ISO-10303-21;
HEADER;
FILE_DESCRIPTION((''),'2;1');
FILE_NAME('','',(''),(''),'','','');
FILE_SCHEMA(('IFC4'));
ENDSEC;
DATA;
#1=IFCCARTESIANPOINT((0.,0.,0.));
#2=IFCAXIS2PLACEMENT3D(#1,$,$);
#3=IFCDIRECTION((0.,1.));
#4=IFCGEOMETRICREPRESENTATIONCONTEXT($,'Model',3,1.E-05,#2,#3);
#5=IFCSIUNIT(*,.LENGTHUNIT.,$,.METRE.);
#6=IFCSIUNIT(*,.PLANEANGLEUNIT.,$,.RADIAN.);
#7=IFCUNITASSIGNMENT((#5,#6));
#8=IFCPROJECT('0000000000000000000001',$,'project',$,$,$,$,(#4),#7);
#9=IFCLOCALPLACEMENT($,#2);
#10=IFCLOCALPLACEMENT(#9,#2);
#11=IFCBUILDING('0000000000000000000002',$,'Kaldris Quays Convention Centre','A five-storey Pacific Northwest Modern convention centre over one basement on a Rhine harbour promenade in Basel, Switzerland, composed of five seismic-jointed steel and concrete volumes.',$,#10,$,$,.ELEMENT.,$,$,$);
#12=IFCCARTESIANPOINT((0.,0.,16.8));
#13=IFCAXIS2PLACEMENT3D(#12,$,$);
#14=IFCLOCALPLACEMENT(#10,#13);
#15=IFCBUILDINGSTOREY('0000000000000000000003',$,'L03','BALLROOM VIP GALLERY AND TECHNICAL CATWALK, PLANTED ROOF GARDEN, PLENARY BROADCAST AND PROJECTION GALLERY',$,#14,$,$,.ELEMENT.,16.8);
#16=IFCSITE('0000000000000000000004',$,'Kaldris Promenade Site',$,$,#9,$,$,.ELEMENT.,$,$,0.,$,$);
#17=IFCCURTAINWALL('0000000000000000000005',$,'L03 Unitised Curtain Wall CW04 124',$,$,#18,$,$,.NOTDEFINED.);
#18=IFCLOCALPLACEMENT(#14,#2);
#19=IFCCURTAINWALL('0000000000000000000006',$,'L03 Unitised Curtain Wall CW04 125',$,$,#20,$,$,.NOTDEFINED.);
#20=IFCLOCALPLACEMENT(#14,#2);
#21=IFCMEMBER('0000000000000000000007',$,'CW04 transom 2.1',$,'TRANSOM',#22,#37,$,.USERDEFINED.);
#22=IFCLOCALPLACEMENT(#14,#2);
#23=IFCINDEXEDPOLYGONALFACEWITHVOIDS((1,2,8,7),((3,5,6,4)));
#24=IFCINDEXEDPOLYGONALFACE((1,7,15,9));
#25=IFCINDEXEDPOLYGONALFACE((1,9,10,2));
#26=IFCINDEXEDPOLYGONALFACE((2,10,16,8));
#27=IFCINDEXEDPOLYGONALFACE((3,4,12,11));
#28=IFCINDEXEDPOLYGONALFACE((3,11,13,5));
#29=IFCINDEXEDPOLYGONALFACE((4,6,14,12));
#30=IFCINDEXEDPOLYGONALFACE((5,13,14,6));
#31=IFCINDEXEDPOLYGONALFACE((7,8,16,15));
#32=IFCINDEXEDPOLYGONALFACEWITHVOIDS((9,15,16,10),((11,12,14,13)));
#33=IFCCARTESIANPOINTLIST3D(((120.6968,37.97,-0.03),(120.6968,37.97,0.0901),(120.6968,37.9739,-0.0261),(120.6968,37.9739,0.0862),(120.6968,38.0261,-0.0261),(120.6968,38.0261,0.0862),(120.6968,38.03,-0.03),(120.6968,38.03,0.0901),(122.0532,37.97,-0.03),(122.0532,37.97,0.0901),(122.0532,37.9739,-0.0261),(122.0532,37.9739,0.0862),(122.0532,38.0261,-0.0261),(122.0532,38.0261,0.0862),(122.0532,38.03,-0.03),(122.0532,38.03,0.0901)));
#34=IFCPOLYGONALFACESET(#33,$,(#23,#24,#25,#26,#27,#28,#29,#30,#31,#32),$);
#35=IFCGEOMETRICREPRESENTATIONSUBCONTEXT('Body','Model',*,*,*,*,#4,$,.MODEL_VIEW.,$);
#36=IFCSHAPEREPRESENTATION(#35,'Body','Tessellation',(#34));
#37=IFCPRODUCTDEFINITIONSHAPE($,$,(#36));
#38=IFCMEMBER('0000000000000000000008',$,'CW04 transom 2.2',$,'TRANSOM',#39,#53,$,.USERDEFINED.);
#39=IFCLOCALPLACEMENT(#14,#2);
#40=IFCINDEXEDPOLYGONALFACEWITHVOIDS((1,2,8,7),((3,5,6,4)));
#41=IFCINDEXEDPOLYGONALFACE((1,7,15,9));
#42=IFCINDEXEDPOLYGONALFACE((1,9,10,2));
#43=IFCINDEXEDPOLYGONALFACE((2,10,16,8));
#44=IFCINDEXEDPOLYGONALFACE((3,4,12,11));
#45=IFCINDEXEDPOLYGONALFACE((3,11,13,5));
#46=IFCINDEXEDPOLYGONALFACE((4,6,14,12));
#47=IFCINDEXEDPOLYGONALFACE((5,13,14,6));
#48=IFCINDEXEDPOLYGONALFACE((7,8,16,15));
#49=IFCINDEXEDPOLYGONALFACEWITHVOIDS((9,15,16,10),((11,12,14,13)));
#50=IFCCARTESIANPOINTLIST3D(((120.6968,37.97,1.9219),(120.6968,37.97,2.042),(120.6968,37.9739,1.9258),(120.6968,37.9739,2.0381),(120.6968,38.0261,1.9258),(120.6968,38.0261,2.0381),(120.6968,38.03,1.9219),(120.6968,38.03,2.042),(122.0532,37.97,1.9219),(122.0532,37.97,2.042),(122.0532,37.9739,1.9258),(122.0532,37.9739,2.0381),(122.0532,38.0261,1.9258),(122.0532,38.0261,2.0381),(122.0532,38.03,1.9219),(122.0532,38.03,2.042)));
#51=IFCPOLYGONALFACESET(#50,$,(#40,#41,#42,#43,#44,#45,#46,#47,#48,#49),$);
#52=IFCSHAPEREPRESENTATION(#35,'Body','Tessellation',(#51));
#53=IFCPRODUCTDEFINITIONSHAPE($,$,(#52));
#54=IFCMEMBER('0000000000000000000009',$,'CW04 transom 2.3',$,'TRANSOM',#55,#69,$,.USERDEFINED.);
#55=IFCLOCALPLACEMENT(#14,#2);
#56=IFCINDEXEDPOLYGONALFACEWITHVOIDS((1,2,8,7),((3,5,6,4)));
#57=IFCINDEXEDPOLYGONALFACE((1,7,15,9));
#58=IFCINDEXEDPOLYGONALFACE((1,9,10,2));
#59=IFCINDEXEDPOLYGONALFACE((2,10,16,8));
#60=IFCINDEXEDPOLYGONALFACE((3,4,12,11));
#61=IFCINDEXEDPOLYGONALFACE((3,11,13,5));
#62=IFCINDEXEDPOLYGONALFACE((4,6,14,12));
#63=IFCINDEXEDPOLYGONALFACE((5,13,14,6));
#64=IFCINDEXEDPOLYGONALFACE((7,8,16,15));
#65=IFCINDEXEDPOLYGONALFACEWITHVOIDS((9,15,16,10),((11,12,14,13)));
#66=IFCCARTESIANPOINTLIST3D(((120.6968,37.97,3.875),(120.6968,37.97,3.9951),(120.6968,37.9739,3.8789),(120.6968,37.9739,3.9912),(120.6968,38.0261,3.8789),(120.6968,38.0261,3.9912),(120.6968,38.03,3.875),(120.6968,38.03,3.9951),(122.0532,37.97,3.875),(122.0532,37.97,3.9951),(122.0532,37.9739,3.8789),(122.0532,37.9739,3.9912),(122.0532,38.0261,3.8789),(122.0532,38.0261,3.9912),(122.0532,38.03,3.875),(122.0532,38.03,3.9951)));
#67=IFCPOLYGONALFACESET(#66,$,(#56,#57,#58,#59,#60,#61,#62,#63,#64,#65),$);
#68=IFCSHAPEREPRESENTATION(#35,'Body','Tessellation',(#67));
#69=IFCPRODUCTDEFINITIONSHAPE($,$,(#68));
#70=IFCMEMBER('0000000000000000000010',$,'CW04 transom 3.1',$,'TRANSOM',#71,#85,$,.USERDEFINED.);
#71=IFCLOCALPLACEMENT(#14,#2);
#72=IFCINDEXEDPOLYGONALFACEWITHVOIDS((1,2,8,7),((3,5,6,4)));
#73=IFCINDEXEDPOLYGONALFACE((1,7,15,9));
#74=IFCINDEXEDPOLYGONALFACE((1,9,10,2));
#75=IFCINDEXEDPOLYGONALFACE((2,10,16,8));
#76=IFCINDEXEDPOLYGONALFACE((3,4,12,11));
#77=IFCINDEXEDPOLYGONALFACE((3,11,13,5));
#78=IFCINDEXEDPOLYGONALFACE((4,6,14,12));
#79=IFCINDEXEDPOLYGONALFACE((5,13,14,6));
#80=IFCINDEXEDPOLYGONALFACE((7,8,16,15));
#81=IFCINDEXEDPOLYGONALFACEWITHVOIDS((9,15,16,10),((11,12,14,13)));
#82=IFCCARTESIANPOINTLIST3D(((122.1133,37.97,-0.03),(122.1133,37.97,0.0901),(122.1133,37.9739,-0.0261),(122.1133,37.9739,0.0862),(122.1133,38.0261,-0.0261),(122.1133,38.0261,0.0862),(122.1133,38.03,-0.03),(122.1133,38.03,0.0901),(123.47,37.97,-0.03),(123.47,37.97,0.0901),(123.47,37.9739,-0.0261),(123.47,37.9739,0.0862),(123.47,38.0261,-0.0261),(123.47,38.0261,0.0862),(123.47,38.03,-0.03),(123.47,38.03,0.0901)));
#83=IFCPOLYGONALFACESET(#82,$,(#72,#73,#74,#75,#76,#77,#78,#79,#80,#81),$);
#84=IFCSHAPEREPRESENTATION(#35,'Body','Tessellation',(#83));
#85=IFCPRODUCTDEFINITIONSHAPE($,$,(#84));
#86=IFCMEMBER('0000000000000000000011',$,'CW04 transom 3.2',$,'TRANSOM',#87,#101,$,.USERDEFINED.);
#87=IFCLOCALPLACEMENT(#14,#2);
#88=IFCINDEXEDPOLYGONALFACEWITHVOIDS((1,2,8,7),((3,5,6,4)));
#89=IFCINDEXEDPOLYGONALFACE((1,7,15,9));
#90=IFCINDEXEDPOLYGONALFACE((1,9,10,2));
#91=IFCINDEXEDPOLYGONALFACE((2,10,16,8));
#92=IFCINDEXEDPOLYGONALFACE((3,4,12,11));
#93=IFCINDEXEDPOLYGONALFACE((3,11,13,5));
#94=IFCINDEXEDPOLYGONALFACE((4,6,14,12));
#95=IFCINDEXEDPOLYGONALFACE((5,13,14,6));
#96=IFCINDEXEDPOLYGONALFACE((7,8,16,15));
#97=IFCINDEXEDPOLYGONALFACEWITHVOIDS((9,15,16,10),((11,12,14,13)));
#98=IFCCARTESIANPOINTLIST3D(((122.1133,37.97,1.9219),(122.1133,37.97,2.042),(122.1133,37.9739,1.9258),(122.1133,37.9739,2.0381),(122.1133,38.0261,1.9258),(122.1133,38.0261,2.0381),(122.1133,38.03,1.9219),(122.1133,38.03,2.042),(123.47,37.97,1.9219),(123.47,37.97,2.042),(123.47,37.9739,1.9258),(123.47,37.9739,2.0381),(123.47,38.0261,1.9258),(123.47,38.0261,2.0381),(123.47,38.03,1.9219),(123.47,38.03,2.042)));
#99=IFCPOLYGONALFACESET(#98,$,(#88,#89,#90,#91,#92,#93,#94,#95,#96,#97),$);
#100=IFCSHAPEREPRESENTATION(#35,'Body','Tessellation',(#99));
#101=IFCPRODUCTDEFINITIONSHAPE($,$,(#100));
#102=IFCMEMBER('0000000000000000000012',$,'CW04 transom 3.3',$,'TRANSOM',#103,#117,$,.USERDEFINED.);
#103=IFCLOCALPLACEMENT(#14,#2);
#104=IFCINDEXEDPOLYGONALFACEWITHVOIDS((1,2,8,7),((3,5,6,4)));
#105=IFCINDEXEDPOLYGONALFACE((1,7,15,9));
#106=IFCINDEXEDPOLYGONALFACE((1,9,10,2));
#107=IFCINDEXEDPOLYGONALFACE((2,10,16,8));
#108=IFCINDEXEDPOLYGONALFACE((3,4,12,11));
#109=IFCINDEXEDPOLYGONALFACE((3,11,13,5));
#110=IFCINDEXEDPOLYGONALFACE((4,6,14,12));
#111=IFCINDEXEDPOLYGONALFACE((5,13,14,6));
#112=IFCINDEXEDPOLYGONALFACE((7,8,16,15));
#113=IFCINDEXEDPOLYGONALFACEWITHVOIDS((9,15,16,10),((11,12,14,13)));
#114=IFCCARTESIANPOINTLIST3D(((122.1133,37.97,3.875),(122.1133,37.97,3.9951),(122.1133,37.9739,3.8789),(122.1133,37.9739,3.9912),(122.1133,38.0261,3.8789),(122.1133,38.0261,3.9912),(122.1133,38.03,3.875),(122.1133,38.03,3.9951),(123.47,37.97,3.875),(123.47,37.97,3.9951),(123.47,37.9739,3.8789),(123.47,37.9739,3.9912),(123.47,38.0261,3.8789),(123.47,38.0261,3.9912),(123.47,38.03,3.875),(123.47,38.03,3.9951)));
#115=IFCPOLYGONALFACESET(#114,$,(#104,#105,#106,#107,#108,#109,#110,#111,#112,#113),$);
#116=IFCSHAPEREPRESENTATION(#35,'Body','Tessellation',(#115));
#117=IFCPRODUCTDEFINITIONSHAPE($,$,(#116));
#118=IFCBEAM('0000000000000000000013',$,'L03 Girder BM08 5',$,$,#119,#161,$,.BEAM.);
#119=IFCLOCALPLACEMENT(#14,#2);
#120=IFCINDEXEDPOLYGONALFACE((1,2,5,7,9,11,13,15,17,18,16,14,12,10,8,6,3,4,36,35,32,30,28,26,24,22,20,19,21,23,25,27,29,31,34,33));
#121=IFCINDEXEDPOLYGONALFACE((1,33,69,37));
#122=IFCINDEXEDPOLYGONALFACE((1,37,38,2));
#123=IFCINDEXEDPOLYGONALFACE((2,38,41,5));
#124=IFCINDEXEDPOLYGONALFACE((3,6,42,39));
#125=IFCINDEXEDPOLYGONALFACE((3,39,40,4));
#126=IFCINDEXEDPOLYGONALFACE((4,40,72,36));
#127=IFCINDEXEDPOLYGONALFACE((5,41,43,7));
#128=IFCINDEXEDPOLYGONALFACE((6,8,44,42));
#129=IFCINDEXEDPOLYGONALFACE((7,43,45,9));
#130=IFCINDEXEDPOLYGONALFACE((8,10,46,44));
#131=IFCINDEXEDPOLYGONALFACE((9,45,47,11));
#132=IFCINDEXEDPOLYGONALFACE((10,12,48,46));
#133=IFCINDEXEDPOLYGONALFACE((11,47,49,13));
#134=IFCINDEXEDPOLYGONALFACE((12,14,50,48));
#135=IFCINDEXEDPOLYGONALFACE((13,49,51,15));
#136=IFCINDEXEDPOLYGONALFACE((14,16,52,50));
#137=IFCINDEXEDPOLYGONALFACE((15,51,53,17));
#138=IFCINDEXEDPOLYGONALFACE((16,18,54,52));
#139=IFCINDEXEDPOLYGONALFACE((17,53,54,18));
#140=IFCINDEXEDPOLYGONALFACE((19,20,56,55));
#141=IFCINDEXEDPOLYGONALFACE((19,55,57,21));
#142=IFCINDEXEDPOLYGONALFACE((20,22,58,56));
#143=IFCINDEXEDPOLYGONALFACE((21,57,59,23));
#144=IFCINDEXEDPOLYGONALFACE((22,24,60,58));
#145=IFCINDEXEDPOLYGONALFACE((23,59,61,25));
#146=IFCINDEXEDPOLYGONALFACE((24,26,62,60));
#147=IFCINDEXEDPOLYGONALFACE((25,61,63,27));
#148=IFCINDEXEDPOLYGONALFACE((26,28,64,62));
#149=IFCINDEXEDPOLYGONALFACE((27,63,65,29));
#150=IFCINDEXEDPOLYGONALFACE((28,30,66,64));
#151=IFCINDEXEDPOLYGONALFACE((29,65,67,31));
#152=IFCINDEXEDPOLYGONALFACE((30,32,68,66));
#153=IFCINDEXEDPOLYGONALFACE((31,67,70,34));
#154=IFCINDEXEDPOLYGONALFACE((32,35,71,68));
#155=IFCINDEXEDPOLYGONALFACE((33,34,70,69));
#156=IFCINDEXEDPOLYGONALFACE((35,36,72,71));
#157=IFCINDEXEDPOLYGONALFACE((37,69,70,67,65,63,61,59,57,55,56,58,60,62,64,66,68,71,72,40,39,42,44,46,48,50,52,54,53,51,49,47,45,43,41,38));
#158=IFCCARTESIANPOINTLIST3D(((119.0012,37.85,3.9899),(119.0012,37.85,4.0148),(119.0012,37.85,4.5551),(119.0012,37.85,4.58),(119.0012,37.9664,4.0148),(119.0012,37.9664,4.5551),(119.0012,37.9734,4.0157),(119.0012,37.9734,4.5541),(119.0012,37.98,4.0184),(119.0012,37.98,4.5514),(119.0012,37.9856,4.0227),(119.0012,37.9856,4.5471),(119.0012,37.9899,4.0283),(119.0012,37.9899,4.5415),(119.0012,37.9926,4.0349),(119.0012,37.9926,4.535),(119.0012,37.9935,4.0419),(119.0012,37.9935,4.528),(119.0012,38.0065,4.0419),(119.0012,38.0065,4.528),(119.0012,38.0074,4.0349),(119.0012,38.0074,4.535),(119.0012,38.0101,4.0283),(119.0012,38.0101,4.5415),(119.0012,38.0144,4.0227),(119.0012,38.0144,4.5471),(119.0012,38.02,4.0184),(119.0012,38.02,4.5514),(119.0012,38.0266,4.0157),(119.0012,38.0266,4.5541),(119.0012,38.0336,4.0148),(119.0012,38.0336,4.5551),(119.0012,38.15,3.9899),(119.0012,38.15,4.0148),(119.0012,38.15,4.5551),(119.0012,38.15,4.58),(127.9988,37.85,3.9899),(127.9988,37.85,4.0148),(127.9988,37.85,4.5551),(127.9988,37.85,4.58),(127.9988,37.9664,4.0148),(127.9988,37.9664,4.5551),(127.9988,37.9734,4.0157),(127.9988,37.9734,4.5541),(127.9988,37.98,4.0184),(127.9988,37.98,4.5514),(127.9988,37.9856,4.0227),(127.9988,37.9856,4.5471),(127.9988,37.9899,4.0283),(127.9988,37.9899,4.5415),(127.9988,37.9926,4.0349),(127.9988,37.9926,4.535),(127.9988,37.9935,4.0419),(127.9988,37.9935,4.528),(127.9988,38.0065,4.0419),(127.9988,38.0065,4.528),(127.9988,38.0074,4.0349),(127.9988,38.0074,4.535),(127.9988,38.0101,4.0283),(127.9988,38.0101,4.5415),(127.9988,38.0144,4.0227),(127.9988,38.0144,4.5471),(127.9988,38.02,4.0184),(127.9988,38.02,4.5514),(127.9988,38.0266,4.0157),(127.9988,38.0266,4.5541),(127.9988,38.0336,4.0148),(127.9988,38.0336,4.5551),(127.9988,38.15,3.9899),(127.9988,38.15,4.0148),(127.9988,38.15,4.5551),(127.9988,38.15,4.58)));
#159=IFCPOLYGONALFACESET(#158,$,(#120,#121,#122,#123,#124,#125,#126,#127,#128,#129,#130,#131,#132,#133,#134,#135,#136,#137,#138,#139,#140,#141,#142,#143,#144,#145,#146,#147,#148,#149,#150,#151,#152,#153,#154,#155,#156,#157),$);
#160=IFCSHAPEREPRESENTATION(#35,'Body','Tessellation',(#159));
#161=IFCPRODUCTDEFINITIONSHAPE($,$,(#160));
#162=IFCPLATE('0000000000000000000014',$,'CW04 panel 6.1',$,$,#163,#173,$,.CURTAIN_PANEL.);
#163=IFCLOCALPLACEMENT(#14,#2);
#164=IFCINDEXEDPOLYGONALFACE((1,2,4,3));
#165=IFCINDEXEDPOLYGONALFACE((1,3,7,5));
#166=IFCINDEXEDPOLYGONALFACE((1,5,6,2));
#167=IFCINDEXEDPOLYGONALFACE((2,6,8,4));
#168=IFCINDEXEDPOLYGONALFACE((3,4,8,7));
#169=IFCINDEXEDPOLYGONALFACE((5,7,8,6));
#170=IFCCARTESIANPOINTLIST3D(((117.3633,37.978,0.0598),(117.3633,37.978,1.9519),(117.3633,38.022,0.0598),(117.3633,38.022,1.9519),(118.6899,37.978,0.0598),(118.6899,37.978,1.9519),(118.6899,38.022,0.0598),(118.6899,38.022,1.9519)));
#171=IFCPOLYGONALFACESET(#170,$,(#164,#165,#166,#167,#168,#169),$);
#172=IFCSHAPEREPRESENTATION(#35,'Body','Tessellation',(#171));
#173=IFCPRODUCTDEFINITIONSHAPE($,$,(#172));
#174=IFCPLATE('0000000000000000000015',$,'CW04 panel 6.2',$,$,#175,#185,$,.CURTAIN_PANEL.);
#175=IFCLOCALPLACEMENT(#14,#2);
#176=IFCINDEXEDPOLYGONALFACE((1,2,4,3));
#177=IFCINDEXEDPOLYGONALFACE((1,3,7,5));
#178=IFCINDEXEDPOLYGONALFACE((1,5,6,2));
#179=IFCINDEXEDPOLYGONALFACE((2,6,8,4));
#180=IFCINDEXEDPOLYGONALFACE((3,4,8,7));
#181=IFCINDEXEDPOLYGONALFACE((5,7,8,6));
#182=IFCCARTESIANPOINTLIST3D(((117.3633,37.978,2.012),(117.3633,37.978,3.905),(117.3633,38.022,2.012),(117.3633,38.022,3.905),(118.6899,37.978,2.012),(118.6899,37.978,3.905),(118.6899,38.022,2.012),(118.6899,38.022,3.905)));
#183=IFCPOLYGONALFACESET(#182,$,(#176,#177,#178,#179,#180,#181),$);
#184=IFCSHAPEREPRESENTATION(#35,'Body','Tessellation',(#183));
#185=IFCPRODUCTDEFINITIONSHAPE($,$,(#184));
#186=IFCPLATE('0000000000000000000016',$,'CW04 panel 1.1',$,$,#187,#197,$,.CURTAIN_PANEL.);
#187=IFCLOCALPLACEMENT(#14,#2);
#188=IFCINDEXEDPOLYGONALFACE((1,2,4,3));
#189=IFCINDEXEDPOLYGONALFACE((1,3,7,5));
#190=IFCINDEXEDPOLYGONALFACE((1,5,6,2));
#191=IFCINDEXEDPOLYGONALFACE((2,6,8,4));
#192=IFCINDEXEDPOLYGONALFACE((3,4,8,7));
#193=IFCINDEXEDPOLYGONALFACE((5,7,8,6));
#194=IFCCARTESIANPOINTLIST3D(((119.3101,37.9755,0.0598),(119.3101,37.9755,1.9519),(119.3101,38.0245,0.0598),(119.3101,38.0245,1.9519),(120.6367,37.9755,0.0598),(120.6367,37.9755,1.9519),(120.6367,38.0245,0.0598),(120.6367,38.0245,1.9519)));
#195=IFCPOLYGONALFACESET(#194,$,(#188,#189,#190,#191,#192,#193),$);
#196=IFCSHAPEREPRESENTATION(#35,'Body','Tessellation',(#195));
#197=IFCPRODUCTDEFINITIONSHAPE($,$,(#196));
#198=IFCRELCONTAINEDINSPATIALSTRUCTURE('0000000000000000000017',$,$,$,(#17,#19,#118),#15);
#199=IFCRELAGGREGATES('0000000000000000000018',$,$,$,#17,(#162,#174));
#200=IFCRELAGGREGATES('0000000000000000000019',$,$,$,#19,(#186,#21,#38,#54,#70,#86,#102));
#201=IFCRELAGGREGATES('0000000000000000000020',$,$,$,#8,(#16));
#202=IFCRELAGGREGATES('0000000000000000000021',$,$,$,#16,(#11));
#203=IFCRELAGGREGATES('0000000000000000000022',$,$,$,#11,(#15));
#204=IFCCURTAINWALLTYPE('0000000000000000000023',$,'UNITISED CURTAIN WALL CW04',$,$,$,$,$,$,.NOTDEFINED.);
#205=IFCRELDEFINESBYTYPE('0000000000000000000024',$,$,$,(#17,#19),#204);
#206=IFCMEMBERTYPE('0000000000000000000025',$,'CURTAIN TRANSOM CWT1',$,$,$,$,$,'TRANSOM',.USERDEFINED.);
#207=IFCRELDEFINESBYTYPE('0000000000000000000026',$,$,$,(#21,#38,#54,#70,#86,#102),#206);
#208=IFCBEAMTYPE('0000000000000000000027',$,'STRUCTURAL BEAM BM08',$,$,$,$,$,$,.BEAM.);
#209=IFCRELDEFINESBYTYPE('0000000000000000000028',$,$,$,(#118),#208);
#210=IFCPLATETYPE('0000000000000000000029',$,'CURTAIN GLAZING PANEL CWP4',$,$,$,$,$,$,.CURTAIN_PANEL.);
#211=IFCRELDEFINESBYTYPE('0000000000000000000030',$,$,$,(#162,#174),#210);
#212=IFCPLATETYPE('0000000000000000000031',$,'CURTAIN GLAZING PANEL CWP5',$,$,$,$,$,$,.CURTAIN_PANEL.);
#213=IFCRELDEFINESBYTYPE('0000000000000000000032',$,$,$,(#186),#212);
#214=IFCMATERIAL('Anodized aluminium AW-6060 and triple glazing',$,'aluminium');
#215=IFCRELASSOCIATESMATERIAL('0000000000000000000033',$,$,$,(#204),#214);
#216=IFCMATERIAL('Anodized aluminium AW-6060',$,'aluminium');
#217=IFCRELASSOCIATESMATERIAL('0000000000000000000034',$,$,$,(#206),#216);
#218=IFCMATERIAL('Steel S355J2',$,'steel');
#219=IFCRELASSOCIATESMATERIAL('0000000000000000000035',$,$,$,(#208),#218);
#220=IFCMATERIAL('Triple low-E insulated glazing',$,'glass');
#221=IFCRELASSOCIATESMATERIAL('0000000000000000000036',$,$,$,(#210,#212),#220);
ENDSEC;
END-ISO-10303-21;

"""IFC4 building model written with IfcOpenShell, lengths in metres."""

from ifc_helpers import new_model, si_unit, direction, frame, origin, origin_2d, place, context, subcontext, project, spatial, rectangle, hollow_rectangle, i_section, extrude, material, material_profile, profile_set, type_object, element, aggregate, save


model = new_model("IFC4")

# Units and contexts
model_context = context("Model", 3, precision=1e-05, world=origin(), true_north=direction((0.0, 1.0)))
body_context = subcontext(model_context, "Body", "Model", "MODEL_VIEW")
ifc_project = project(units=[si_unit("LENGTHUNIT", "METRE"), si_unit("PLANEANGLEUNIT", "RADIAN")], contexts=[model_context])

# Site, building, storey
site_placement = place(None, origin())
site = spatial("IfcSite", under=ifc_project, at=site_placement, Name="Kaldris Promenade Site", CompositionType="ELEMENT", RefElevation=0.0)
building_placement = place(site_placement, origin())
building = spatial("IfcBuilding", under=site, at=building_placement, Name="Kaldris Quays Convention Centre", Description="A five-storey Pacific Northwest Modern convention centre over one basement on a Rhine harbour promenade in Basel, Switzerland, composed of five seismic-jointed steel and concrete volumes.", CompositionType="ELEMENT")
storey_placement = place(building_placement, frame((0.0, 0.0, 16.8)))
storey = spatial("IfcBuildingStorey", under=building, at=storey_placement, Name="L03", Description="BALLROOM VIP GALLERY AND TECHNICAL CATWALK, PLANTED ROOF GARDEN, PLENARY BROADCAST AND PROJECTION GALLERY", CompositionType="ELEMENT", Elevation=16.8)

# Shared definitions
ifc_material_1 = material(Name="Steel S355J2", Category="steel")

# Curtain wall
ifc_material_2 = material(Name="Anodized aluminium AW-6060 and triple glazing", Category="aluminium")
curtain_wall_type = type_object("IfcCurtainWallType", Name="UNITISED CURTAIN WALL CW04", PredefinedType="NOTDEFINED", material=ifc_material_2)
curtain_wall_1_placement = place(storey_placement, origin())
curtain_wall_1 = element("IfcCurtainWall", 1, at=curtain_wall_1_placement, inside=storey, type_object=curtain_wall_type, Name="L03 Unitised Curtain Wall CW04 124", PredefinedType="NOTDEFINED")
ifc_material_3 = material(Name="Anodized aluminium AW-6060", Category="aluminium")

# Curtain wall, members
curtain_wall_2_placement = place(storey_placement, origin())
curtain_wall_2 = element("IfcCurtainWall", 2, at=curtain_wall_2_placement, inside=storey, type_object=curtain_wall_type, Name="L03 Unitised Curtain Wall CW04 125", PredefinedType="NOTDEFINED")
ifc_material_profile_1 = material_profile(ifc_material_3, hollow_rectangle(XDim=0.0601, YDim=0.1201, WallThickness=0.0039, at=origin_2d()), Name="RHS 120x60x4")
ifc_profile_set_1 = profile_set([ifc_material_profile_1], Name="Anodized aluminium AW-6060")
member_type_1 = type_object("IfcMemberType", Name="CURTAIN TRANSOM CWT1", ElementType="TRANSOM", PredefinedType="USERDEFINED", material=ifc_profile_set_1)
member_1_placement = place(storey_placement, frame((120.6968, 38.0, 0.03), z_axis=(1.0, 0.0, 0.0), x_axis=(0.0, 1.0, 0.0)))
member_1 = element("IfcMember", 3, at=member_1_placement, type_object=member_type_1, Name="CW04 transom 2.1", ObjectType="TRANSOM", PredefinedType="USERDEFINED", context=body_context, shape_type="SweptSolid", body=[
    extrude(hollow_rectangle(XDim=0.0601, YDim=0.1201, WallThickness=0.0039, at=origin_2d()), origin(), (0.0, 0.0, 1.0), 1.3564),
])
member_2_placement = place(storey_placement, frame((120.6968, 38.0, 1.9819), z_axis=(1.0, 0.0, 0.0), x_axis=(0.0, 1.0, 0.0)))
member_2 = element("IfcMember", 4, at=member_2_placement, type_object=member_type_1, Name="CW04 transom 2.2", ObjectType="TRANSOM", PredefinedType="USERDEFINED", context=body_context, shape_type="SweptSolid", body=[
    extrude(hollow_rectangle(XDim=0.0601, YDim=0.1201, WallThickness=0.0039, at=origin_2d()), origin(), (0.0, 0.0, 1.0), 1.3564),
])
member_3_placement = place(storey_placement, frame((120.6968, 38.0, 3.9351), z_axis=(1.0, 0.0, 0.0), x_axis=(0.0, 1.0, 0.0)))
member_3 = element("IfcMember", 5, at=member_3_placement, type_object=member_type_1, Name="CW04 transom 2.3", ObjectType="TRANSOM", PredefinedType="USERDEFINED", context=body_context, shape_type="SweptSolid", body=[
    extrude(hollow_rectangle(XDim=0.0601, YDim=0.1201, WallThickness=0.0039, at=origin_2d()), origin(), (0.0, 0.0, 1.0), 1.3564),
])
member_4_placement = place(storey_placement, frame((122.1133, 38.0, 0.03), z_axis=(1.0, 0.0, 0.0), x_axis=(0.0, 1.0, 0.0)))
member_4 = element("IfcMember", 6, at=member_4_placement, type_object=member_type_1, Name="CW04 transom 3.1", ObjectType="TRANSOM", PredefinedType="USERDEFINED", context=body_context, shape_type="SweptSolid", body=[
    extrude(hollow_rectangle(XDim=0.0601, YDim=0.1201, WallThickness=0.0039, at=origin_2d()), origin(), (0.0, 0.0, 1.0), 1.3567),
])
member_5_placement = place(storey_placement, frame((122.1133, 38.0, 1.9819), z_axis=(1.0, 0.0, 0.0), x_axis=(0.0, 1.0, 0.0)))
member_5 = element("IfcMember", 7, at=member_5_placement, type_object=member_type_1, Name="CW04 transom 3.2", ObjectType="TRANSOM", PredefinedType="USERDEFINED", context=body_context, shape_type="SweptSolid", body=[
    extrude(hollow_rectangle(XDim=0.0601, YDim=0.1201, WallThickness=0.0039, at=origin_2d()), origin(), (0.0, 0.0, 1.0), 1.3567),
])
member_6_placement = place(storey_placement, frame((122.1133, 38.0, 3.9351), z_axis=(1.0, 0.0, 0.0), x_axis=(0.0, 1.0, 0.0)))
member_6 = element("IfcMember", 8, at=member_6_placement, type_object=member_type_1, Name="CW04 transom 3.3", ObjectType="TRANSOM", PredefinedType="USERDEFINED", context=body_context, shape_type="SweptSolid", body=[
    extrude(hollow_rectangle(XDim=0.0601, YDim=0.1201, WallThickness=0.0039, at=origin_2d()), origin(), (0.0, 0.0, 1.0), 1.3567),
])

# Beam
ifc_material_profile_2 = material_profile(ifc_material_1, i_section(OverallWidth=0.3, OverallDepth=0.5901, WebThickness=0.0129, FlangeThickness=0.0249, FilletRadius=0.0271, at=origin_2d()), Name="HEA 600")
ifc_profile_set_2 = profile_set([ifc_material_profile_2], Name="Steel S355J2")
beam_type = type_object("IfcBeamType", Name="STRUCTURAL BEAM BM08", PredefinedType="BEAM", material=ifc_profile_set_2)
beam_placement = place(storey_placement, frame((119.0012, 38.0, 4.2849), z_axis=(1.0, 0.0, 0.0), x_axis=(0.0, 1.0, 0.0)))
element("IfcBeam", 9, at=beam_placement, inside=storey, type_object=beam_type, Name="L03 Girder BM08 5", PredefinedType="BEAM", context=body_context, shape_type="SweptSolid", body=[
    extrude(i_section(OverallWidth=0.3, OverallDepth=0.5901, WebThickness=0.0129, FlangeThickness=0.0249, FilletRadius=0.0271, at=origin_2d()), origin(), (0.0, 0.0, 1.0), 8.9976),
])

# Plates
ifc_material_4 = material(Name="Triple low-E insulated glazing", Category="glass")
plate_type_1 = type_object("IfcPlateType", Name="CURTAIN GLAZING PANEL CWP4", PredefinedType="CURTAIN_PANEL", material=ifc_material_4)
plate_1_placement = place(storey_placement, frame((118.0266, 38.0, 0.0598), z_axis=(0.0, 0.0, 1.0), x_axis=(1.0, 0.0, 0.0)))
plate_1 = element("IfcPlate", 10, at=plate_1_placement, type_object=plate_type_1, Name="CW04 panel 6.1", PredefinedType="CURTAIN_PANEL", context=body_context, shape_type="SweptSolid", body=[
    extrude(rectangle(XDim=1.3267, YDim=0.0439, at=origin_2d()), origin(), (0.0, 0.0, 1.0), 1.8921),
])
plate_2_placement = place(storey_placement, frame((118.0266, 38.0, 2.012), z_axis=(0.0, 0.0, 1.0), x_axis=(1.0, 0.0, 0.0)))
plate_2 = element("IfcPlate", 11, at=plate_2_placement, type_object=plate_type_1, Name="CW04 panel 6.2", PredefinedType="CURTAIN_PANEL", context=body_context, shape_type="SweptSolid", body=[
    extrude(rectangle(XDim=1.3267, YDim=0.0439, at=origin_2d()), origin(), (0.0, 0.0, 1.0), 1.8931),
])
aggregate(curtain_wall_1, [plate_1, plate_2])
plate_type_2 = type_object("IfcPlateType", Name="CURTAIN GLAZING PANEL CWP5", PredefinedType="CURTAIN_PANEL", material=ifc_material_4)
plate_3_placement = place(storey_placement, frame((119.9734, 38.0, 0.0598), z_axis=(0.0, 0.0, 1.0), x_axis=(1.0, 0.0, 0.0)))
plate_3 = element("IfcPlate", 12, at=plate_3_placement, type_object=plate_type_2, Name="CW04 panel 1.1", PredefinedType="CURTAIN_PANEL", context=body_context, shape_type="SweptSolid", body=[
    extrude(rectangle(XDim=1.3267, YDim=0.0491, at=origin_2d()), origin(), (0.0, 0.0, 1.0), 1.8921),
])
aggregate(curtain_wall_2, [plate_3, member_1, member_2, member_3, member_4, member_5, member_6])

save(model, "model.ifc")
